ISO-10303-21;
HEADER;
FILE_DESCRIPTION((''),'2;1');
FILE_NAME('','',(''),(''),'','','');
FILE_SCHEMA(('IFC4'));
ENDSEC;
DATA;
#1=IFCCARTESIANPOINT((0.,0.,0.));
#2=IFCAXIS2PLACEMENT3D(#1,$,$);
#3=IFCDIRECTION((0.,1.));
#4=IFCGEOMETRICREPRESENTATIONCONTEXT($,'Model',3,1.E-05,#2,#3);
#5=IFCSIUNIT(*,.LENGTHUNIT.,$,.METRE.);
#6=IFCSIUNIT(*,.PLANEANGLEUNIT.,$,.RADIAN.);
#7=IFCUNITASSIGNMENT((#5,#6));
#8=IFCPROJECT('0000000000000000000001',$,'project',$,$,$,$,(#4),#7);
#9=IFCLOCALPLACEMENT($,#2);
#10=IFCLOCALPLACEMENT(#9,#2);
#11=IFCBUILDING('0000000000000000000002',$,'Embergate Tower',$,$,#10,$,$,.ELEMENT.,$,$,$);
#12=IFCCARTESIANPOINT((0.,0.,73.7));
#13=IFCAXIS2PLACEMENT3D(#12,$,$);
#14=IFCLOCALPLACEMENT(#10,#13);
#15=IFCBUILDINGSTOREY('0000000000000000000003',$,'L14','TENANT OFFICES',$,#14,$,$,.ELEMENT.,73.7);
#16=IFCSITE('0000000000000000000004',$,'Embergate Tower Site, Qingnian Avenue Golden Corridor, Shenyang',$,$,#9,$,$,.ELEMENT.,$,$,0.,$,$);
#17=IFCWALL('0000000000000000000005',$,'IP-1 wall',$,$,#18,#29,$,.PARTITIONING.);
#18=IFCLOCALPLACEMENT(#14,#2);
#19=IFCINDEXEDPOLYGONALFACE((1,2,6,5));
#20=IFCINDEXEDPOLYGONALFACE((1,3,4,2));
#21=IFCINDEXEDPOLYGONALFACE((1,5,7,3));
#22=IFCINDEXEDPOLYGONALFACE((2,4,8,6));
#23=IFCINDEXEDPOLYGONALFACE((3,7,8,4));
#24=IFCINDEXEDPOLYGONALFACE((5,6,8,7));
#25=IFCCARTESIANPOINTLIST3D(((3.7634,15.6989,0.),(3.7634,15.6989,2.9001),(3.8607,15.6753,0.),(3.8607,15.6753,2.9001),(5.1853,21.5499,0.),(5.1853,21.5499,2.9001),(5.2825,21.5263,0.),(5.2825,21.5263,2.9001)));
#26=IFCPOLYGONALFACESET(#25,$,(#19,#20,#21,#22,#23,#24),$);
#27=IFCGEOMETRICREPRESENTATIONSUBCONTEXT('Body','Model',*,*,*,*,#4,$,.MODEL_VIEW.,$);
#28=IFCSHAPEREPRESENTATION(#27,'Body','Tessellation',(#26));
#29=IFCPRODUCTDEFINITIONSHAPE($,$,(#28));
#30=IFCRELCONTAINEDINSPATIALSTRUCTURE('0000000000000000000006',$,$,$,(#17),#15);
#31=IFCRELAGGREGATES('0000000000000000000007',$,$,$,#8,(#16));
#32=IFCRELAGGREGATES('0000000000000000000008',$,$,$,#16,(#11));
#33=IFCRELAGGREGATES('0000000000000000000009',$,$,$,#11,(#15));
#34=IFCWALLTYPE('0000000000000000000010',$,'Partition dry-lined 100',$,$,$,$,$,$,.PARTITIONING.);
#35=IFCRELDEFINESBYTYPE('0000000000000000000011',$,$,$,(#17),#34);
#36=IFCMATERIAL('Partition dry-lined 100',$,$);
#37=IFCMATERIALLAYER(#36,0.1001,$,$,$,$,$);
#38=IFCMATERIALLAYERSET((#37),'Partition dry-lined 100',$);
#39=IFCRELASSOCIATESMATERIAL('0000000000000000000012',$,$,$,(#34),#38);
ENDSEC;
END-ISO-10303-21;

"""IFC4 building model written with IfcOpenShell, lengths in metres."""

from ifc_helpers import new_model, si_unit, direction, frame, frame_2d, origin, place, context, subcontext, project, spatial, rectangle, extrude, source, transform, mapped, material, layer, layer_set, type_object, element, save


model = new_model("IFC4")

# Units and contexts
model_context = context("Model", 3, precision=1e-05, world=origin(), true_north=direction((0.0, 1.0)))
body_context = subcontext(model_context, "Body", "Model", "MODEL_VIEW")
ifc_project = project(units=[si_unit("LENGTHUNIT", "METRE"), si_unit("PLANEANGLEUNIT", "RADIAN")], contexts=[model_context])

# Site, building, storey
site_placement = place(None, origin())
site = spatial("IfcSite", under=ifc_project, at=site_placement, Name="Embergate Tower Site, Qingnian Avenue Golden Corridor, Shenyang", CompositionType="ELEMENT", RefElevation=0.0)
building_placement = place(site_placement, origin())
building = spatial("IfcBuilding", under=site, at=building_placement, Name="Embergate Tower", CompositionType="ELEMENT")
storey_placement = place(building_placement, frame((0.0, 0.0, 73.7)))
storey = spatial("IfcBuildingStorey", under=building, at=storey_placement, Name="L14", Description="TENANT OFFICES", CompositionType="ELEMENT", Elevation=73.7)

# Wall
ifc_material_1 = material(Name="Partition dry-lined 100")
ifc_layer_1 = layer(ifc_material_1, 0.1001)
ifc_layer_set_1 = layer_set([ifc_layer_1], Name="Partition dry-lined 100")
wall_type_1 = type_object("IfcWallType", Name="Partition dry-lined 100", PredefinedType="PARTITIONING", material=ifc_layer_set_1)
shared_shape_1 = source(origin(), body_context, "Body", "SweptSolid", [
    extrude(rectangle(XDim=6.0212, YDim=0.1001, at=frame_2d((3.0107, 0.0))), origin(), (0.0, 0.0, 1.0), 2.9001),
])
wall_1_placement = place(storey_placement, frame((3.812, 15.687, 0.0), z_axis=(0.0, 0.0, 1.0), x_axis=(0.236138, 0.971719, 0.0)))
element("IfcWall", 1, at=wall_1_placement, inside=storey, type_object=wall_type_1, Name="IP-1 wall", PredefinedType="PARTITIONING", context=body_context, shape_type="MappedRepresentation", body=[
    mapped(shared_shape_1, transform((0.0, 0.0, 0.0))),
])

save(model, "model.ifc")
